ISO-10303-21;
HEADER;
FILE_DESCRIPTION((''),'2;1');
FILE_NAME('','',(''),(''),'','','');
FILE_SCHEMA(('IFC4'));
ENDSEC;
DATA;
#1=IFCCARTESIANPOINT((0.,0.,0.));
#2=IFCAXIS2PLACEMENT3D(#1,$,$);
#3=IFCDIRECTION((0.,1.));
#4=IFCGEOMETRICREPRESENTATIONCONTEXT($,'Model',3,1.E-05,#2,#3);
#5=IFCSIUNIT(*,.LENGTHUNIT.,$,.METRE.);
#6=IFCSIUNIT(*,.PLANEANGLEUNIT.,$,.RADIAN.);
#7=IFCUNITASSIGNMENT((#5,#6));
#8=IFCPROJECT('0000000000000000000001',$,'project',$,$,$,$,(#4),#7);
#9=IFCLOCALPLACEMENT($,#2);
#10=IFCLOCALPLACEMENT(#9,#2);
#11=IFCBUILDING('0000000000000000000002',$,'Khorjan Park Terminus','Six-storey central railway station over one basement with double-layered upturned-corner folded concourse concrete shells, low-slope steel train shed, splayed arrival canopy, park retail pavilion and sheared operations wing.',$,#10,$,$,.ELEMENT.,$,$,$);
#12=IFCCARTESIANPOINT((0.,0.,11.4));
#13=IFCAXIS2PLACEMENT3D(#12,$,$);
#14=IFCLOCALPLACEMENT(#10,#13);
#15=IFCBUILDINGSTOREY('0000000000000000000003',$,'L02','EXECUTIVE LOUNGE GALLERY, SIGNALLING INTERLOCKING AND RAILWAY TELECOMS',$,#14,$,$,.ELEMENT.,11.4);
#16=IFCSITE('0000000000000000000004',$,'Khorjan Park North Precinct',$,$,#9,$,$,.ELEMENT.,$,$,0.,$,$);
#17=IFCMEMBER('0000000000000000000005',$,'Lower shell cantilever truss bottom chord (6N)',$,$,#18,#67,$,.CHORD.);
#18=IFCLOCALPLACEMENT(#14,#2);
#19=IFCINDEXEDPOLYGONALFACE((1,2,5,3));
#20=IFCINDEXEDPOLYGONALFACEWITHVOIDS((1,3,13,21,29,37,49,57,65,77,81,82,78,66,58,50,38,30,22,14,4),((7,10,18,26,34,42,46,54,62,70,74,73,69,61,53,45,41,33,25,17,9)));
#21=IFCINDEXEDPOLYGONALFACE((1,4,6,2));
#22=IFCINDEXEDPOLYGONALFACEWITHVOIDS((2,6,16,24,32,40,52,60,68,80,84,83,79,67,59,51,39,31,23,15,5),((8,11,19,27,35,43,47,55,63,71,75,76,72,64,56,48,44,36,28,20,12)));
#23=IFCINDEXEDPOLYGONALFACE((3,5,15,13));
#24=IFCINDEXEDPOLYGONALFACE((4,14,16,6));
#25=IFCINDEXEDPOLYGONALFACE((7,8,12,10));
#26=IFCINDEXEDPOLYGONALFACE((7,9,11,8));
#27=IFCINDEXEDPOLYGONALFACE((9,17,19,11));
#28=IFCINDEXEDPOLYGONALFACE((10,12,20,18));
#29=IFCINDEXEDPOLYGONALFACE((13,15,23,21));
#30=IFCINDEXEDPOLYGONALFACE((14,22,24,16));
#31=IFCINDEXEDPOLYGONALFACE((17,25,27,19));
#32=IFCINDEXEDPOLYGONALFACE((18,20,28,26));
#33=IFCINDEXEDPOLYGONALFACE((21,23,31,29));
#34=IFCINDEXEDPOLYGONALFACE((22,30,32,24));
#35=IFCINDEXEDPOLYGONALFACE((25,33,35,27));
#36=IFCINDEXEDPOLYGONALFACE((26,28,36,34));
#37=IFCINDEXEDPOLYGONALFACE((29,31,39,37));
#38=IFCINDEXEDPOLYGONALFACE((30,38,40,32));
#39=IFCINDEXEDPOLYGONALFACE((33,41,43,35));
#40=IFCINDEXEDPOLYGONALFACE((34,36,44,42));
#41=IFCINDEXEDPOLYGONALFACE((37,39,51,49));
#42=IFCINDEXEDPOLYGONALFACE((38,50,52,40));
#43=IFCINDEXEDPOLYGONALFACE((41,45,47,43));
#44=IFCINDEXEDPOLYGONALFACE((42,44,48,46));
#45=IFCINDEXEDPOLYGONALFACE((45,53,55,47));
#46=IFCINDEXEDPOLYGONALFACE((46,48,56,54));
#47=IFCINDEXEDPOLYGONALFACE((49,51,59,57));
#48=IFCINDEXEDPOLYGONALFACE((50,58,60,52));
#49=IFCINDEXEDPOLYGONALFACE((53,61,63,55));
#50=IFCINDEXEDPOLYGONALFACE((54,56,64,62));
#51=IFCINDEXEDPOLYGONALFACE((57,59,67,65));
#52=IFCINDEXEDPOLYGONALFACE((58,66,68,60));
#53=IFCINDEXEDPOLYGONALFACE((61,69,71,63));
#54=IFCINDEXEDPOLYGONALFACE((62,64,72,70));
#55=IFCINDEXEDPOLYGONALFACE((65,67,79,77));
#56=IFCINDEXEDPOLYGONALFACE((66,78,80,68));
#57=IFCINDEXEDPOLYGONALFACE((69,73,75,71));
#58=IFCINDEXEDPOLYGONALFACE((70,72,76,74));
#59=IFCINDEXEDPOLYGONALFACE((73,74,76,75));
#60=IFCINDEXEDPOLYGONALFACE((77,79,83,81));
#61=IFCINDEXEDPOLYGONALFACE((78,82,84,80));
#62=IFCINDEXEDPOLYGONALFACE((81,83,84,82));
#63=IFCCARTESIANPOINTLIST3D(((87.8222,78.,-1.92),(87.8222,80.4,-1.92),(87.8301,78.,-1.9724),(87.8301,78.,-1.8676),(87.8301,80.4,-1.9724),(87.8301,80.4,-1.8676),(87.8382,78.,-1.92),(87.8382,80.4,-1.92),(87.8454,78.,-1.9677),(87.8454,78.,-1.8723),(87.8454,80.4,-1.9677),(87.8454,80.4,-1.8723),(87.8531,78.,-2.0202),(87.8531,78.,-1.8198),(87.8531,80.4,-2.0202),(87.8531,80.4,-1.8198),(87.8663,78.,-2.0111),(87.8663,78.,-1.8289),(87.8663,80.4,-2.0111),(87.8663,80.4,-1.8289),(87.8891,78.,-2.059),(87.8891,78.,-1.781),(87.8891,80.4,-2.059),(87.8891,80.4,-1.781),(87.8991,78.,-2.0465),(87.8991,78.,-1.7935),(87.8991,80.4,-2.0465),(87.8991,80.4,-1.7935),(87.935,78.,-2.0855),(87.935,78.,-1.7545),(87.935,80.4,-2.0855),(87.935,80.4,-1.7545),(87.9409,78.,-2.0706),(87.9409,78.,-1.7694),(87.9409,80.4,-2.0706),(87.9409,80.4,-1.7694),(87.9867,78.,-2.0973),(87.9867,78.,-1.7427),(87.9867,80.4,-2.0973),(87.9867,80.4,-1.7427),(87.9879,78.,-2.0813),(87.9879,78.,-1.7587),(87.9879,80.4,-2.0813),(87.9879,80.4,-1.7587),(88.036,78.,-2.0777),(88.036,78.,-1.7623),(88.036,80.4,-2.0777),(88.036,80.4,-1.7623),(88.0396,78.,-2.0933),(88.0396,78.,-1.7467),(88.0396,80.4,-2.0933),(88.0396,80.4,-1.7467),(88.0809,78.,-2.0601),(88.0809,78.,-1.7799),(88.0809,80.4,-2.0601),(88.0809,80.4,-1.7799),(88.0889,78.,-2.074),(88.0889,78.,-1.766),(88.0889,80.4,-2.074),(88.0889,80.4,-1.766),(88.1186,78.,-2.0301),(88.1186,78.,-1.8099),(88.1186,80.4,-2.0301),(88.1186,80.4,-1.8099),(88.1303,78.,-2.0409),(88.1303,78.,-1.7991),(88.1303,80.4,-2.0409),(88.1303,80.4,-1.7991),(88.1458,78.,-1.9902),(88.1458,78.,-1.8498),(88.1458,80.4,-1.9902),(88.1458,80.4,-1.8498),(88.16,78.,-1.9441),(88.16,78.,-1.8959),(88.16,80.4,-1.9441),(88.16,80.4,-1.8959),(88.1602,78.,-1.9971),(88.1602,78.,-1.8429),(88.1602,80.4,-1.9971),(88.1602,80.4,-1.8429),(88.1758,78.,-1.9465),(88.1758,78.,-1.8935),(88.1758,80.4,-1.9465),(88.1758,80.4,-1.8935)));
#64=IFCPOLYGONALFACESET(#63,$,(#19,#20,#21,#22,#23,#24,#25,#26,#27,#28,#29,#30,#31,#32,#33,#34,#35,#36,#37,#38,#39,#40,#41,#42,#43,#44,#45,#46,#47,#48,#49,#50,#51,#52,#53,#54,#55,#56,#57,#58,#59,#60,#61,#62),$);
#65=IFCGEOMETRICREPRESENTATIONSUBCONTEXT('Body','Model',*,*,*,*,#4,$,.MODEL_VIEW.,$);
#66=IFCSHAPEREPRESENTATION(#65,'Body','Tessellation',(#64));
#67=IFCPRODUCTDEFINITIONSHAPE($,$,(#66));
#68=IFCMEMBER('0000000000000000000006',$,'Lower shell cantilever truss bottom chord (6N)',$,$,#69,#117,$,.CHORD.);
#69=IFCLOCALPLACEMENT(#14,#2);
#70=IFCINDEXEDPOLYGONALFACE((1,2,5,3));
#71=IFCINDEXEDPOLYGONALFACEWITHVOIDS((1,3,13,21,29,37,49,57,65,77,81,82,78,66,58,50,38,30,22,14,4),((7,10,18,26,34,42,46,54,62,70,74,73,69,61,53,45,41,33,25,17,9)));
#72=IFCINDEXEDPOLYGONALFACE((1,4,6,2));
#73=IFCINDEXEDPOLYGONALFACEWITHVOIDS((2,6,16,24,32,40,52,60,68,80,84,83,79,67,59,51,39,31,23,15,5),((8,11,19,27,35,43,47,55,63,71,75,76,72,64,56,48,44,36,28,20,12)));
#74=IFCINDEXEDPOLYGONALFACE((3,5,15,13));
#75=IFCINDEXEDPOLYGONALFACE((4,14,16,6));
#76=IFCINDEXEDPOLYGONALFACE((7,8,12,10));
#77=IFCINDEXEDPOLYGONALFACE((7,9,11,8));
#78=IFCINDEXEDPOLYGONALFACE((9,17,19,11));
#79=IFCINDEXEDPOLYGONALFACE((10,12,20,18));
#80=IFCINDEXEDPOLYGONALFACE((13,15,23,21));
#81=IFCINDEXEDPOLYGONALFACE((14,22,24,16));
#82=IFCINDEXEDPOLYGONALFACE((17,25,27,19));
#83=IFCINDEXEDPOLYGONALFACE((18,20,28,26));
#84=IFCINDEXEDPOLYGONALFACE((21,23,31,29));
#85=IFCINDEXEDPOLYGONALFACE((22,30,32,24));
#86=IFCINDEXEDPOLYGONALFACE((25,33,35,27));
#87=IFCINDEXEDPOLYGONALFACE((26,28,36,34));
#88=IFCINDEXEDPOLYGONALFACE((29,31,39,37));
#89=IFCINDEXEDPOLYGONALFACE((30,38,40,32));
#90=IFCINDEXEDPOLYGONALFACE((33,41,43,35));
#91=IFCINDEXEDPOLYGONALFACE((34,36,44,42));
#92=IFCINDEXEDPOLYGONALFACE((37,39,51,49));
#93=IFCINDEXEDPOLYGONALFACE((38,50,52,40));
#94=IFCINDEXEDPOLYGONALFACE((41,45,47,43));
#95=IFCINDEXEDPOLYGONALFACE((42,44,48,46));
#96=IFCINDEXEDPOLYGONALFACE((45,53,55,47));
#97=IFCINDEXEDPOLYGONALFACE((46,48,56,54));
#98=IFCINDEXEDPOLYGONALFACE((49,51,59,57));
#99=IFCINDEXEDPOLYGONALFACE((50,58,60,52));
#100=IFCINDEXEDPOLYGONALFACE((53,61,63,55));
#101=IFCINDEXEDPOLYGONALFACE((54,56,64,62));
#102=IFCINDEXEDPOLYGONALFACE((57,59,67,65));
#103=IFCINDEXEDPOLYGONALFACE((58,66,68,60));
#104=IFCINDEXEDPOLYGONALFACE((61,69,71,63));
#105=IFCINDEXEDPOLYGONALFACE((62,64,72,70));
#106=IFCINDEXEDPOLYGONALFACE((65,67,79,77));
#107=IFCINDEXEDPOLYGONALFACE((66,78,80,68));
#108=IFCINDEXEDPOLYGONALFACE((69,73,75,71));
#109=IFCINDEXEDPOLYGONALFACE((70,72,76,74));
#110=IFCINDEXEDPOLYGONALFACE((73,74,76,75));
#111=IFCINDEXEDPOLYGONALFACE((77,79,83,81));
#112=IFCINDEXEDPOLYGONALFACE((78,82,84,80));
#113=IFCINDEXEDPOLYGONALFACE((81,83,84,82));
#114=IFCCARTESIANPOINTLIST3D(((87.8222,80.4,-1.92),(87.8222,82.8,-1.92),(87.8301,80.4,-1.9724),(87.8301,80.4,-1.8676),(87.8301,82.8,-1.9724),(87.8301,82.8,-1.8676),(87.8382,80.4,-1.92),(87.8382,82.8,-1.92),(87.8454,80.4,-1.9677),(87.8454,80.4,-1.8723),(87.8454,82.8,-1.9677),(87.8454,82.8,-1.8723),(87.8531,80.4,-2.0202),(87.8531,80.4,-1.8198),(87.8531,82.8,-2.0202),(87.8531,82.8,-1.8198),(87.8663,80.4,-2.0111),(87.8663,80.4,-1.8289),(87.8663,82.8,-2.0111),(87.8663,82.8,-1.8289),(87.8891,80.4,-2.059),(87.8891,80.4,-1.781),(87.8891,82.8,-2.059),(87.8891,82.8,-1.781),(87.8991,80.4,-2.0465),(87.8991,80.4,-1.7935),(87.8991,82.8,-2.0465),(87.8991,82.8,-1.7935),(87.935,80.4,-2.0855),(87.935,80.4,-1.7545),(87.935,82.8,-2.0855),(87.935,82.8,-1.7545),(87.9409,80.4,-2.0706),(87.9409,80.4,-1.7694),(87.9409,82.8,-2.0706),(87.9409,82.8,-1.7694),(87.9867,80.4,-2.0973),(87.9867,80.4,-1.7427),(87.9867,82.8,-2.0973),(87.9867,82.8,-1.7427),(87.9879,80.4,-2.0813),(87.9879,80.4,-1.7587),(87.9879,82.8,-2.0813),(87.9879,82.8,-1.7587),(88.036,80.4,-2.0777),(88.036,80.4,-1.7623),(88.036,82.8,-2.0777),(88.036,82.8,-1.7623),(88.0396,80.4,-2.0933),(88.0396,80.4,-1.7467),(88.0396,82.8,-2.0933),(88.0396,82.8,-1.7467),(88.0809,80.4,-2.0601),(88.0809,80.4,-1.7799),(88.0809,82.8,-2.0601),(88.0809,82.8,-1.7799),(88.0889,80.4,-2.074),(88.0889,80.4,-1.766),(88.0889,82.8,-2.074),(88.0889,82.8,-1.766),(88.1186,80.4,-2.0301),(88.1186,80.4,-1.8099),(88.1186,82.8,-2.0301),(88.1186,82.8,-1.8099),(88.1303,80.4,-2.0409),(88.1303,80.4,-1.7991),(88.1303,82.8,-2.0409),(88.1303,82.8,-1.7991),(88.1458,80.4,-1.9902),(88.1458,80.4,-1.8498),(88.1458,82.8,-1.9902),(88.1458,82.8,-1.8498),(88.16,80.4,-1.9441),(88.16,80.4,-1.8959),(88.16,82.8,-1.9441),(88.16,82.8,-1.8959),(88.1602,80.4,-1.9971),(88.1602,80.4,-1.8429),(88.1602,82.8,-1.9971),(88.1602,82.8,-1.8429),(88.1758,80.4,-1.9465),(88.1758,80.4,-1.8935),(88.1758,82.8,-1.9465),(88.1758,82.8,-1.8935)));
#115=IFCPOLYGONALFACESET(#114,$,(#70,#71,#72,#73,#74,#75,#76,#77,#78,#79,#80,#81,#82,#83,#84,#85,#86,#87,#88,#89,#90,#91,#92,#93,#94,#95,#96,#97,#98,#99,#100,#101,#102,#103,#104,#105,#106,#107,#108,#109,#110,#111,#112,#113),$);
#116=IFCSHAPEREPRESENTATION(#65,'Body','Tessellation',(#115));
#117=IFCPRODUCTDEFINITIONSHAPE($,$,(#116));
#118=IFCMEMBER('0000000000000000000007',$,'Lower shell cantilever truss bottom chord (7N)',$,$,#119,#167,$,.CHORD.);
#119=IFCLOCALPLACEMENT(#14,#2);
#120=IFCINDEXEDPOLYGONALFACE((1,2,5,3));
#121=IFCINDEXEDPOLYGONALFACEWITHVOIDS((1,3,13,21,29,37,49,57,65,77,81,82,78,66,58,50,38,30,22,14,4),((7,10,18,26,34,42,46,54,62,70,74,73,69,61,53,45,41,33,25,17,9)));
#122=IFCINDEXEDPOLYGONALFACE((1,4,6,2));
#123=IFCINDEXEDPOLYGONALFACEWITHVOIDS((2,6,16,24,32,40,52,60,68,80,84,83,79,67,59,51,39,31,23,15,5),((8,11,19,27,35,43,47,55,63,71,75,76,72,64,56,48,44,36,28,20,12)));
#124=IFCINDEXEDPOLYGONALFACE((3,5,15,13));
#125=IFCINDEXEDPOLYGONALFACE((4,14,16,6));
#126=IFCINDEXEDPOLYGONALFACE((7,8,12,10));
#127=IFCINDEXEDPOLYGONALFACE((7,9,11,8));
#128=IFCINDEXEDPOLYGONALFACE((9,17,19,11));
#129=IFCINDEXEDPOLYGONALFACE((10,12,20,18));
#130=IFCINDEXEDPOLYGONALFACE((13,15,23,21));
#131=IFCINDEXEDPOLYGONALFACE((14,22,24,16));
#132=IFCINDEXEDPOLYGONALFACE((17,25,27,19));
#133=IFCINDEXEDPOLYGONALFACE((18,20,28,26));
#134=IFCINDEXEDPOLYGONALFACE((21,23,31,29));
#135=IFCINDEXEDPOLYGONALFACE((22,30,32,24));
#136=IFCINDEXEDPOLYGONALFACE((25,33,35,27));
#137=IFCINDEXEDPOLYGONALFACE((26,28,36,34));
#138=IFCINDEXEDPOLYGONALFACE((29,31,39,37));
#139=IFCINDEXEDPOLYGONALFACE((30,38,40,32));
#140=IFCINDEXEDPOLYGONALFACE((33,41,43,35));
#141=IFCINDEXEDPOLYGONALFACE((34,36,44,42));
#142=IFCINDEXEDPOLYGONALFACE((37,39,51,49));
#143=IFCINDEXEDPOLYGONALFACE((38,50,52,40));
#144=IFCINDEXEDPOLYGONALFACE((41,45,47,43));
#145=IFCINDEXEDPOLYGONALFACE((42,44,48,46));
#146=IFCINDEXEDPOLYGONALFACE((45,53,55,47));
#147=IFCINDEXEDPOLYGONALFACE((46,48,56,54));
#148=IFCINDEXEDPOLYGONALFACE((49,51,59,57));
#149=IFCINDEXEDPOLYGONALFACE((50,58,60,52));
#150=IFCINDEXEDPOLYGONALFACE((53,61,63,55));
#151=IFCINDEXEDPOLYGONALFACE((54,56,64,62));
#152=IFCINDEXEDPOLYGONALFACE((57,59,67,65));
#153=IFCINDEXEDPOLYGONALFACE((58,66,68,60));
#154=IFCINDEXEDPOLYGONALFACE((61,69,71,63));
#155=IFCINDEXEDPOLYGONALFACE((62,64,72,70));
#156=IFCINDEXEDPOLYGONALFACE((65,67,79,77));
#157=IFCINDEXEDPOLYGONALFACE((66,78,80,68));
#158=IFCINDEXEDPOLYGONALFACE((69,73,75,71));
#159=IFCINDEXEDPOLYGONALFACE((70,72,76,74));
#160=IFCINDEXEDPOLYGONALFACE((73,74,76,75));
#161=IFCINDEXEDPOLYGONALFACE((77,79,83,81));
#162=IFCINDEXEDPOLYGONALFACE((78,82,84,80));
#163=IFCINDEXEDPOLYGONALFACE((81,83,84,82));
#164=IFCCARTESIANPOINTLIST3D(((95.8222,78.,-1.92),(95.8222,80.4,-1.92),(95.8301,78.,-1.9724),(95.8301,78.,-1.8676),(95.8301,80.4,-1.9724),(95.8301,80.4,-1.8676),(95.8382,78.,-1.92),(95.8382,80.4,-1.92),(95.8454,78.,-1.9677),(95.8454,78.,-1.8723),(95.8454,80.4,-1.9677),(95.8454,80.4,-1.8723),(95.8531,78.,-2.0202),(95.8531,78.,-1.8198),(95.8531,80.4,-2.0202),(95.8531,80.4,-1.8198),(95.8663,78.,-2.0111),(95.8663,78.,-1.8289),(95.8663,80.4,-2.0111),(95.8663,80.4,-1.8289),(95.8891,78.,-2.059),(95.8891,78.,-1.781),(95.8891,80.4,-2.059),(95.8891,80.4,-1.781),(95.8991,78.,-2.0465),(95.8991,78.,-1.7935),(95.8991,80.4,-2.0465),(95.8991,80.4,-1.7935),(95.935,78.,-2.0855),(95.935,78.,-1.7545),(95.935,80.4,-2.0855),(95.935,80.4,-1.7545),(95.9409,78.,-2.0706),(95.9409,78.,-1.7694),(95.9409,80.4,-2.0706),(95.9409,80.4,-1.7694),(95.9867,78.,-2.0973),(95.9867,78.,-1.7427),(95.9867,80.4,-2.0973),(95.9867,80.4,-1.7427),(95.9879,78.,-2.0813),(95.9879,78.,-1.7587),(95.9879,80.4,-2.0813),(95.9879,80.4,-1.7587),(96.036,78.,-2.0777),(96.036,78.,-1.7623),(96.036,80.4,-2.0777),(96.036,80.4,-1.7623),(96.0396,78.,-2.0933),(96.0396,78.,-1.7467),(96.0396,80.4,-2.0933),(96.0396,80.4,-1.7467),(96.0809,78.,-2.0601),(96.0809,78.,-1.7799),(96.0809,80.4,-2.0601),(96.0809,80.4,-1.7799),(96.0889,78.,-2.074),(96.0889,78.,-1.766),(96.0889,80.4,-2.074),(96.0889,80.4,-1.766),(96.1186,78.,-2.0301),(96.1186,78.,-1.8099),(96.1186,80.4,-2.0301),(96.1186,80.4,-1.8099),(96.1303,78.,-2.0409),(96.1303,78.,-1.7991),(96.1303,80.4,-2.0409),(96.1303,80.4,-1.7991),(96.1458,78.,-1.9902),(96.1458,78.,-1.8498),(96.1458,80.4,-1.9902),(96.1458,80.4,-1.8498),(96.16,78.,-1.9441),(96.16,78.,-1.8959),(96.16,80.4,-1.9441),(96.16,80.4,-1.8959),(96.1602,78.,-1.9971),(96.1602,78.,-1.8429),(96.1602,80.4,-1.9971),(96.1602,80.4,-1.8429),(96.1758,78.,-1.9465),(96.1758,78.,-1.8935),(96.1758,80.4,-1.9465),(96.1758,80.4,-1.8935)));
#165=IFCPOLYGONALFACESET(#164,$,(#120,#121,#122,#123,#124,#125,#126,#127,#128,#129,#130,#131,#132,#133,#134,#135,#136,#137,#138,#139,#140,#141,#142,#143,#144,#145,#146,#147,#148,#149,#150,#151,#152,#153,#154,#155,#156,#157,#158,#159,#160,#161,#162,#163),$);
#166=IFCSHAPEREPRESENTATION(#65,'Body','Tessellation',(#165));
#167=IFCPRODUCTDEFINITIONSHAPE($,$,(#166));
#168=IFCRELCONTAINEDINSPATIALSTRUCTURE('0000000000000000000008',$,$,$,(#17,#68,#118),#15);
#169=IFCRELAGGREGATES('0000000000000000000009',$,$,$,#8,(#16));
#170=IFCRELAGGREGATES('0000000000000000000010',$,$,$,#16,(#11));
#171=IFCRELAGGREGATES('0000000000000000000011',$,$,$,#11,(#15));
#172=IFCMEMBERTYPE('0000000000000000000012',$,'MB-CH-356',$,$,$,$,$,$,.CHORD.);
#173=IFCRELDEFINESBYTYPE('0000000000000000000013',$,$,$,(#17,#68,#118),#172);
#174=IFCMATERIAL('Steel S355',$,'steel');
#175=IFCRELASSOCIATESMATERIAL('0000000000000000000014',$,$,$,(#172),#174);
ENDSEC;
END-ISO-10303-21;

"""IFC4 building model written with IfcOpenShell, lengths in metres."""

from ifc_helpers import new_model, si_unit, direction, frame, origin, origin_2d, place, context, subcontext, project, spatial, hollow_circle, extrude, material, material_profile, profile_set, type_object, element, save


model = new_model("IFC4")

# Units and contexts
model_context = context("Model", 3, precision=1e-05, world=origin(), true_north=direction((0.0, 1.0)))
body_context = subcontext(model_context, "Body", "Model", "MODEL_VIEW")
ifc_project = project(units=[si_unit("LENGTHUNIT", "METRE"), si_unit("PLANEANGLEUNIT", "RADIAN")], contexts=[model_context])

# Site, building, storey
site_placement = place(None, origin())
site = spatial("IfcSite", under=ifc_project, at=site_placement, Name="Khorjan Park North Precinct", CompositionType="ELEMENT", RefElevation=0.0)
building_placement = place(site_placement, origin())
building = spatial("IfcBuilding", under=site, at=building_placement, Name="Khorjan Park Terminus", Description="Six-storey central railway station over one basement with double-layered upturned-corner folded concourse concrete shells, low-slope steel train shed, splayed arrival canopy, park retail pavilion and sheared operations wing.", CompositionType="ELEMENT")
storey_placement = place(building_placement, frame((0.0, 0.0, 11.4)))
storey = spatial("IfcBuildingStorey", under=building, at=storey_placement, Name="L02", Description="EXECUTIVE LOUNGE GALLERY, SIGNALLING INTERLOCKING AND RAILWAY TELECOMS", CompositionType="ELEMENT", Elevation=11.4)

# Shared definitions
ifc_material_1 = material(Name="Steel S355", Category="steel")

# Members
ifc_material_profile_1 = material_profile(ifc_material_1, hollow_circle(Radius=0.1778, WallThickness=0.016, at=origin_2d()), Name="CHS 355.6x16")
ifc_profile_set_1 = profile_set([ifc_material_profile_1], Name="Steel S355")
member_type_1 = type_object("IfcMemberType", Name="MB-CH-356", PredefinedType="CHORD", material=ifc_profile_set_1)
for number, where, z_axis, x_axis, name in (
    (1, (88.0, 78.0, -1.92), (0.0, 1.0, 0.0), (-1.0, 0.0, 0.0), "Lower shell cantilever truss bottom chord (6N)"),
    (2, (88.0, 80.4, -1.92), (0.0, 1.0, 0.0), (-1.0, 0.0, 0.0), "Lower shell cantilever truss bottom chord (6N)"),
    (3, (96.0, 78.0, -1.92), (0.0, 1.0, 0.0), (-1.0, 0.0, 0.0), "Lower shell cantilever truss bottom chord (7N)"),
):
    element("IfcMember", number, at=place(storey_placement, frame(where, z_axis=z_axis, x_axis=x_axis)), inside=storey, type_object=member_type_1, Name=name, PredefinedType="CHORD", context=body_context, shape_type="SweptSolid", body=[
        extrude(hollow_circle(Radius=0.1778, WallThickness=0.016, at=origin_2d()), origin(), (0.0, 0.0, 1.0), 2.4),
    ])

save(model, "model.ifc")
